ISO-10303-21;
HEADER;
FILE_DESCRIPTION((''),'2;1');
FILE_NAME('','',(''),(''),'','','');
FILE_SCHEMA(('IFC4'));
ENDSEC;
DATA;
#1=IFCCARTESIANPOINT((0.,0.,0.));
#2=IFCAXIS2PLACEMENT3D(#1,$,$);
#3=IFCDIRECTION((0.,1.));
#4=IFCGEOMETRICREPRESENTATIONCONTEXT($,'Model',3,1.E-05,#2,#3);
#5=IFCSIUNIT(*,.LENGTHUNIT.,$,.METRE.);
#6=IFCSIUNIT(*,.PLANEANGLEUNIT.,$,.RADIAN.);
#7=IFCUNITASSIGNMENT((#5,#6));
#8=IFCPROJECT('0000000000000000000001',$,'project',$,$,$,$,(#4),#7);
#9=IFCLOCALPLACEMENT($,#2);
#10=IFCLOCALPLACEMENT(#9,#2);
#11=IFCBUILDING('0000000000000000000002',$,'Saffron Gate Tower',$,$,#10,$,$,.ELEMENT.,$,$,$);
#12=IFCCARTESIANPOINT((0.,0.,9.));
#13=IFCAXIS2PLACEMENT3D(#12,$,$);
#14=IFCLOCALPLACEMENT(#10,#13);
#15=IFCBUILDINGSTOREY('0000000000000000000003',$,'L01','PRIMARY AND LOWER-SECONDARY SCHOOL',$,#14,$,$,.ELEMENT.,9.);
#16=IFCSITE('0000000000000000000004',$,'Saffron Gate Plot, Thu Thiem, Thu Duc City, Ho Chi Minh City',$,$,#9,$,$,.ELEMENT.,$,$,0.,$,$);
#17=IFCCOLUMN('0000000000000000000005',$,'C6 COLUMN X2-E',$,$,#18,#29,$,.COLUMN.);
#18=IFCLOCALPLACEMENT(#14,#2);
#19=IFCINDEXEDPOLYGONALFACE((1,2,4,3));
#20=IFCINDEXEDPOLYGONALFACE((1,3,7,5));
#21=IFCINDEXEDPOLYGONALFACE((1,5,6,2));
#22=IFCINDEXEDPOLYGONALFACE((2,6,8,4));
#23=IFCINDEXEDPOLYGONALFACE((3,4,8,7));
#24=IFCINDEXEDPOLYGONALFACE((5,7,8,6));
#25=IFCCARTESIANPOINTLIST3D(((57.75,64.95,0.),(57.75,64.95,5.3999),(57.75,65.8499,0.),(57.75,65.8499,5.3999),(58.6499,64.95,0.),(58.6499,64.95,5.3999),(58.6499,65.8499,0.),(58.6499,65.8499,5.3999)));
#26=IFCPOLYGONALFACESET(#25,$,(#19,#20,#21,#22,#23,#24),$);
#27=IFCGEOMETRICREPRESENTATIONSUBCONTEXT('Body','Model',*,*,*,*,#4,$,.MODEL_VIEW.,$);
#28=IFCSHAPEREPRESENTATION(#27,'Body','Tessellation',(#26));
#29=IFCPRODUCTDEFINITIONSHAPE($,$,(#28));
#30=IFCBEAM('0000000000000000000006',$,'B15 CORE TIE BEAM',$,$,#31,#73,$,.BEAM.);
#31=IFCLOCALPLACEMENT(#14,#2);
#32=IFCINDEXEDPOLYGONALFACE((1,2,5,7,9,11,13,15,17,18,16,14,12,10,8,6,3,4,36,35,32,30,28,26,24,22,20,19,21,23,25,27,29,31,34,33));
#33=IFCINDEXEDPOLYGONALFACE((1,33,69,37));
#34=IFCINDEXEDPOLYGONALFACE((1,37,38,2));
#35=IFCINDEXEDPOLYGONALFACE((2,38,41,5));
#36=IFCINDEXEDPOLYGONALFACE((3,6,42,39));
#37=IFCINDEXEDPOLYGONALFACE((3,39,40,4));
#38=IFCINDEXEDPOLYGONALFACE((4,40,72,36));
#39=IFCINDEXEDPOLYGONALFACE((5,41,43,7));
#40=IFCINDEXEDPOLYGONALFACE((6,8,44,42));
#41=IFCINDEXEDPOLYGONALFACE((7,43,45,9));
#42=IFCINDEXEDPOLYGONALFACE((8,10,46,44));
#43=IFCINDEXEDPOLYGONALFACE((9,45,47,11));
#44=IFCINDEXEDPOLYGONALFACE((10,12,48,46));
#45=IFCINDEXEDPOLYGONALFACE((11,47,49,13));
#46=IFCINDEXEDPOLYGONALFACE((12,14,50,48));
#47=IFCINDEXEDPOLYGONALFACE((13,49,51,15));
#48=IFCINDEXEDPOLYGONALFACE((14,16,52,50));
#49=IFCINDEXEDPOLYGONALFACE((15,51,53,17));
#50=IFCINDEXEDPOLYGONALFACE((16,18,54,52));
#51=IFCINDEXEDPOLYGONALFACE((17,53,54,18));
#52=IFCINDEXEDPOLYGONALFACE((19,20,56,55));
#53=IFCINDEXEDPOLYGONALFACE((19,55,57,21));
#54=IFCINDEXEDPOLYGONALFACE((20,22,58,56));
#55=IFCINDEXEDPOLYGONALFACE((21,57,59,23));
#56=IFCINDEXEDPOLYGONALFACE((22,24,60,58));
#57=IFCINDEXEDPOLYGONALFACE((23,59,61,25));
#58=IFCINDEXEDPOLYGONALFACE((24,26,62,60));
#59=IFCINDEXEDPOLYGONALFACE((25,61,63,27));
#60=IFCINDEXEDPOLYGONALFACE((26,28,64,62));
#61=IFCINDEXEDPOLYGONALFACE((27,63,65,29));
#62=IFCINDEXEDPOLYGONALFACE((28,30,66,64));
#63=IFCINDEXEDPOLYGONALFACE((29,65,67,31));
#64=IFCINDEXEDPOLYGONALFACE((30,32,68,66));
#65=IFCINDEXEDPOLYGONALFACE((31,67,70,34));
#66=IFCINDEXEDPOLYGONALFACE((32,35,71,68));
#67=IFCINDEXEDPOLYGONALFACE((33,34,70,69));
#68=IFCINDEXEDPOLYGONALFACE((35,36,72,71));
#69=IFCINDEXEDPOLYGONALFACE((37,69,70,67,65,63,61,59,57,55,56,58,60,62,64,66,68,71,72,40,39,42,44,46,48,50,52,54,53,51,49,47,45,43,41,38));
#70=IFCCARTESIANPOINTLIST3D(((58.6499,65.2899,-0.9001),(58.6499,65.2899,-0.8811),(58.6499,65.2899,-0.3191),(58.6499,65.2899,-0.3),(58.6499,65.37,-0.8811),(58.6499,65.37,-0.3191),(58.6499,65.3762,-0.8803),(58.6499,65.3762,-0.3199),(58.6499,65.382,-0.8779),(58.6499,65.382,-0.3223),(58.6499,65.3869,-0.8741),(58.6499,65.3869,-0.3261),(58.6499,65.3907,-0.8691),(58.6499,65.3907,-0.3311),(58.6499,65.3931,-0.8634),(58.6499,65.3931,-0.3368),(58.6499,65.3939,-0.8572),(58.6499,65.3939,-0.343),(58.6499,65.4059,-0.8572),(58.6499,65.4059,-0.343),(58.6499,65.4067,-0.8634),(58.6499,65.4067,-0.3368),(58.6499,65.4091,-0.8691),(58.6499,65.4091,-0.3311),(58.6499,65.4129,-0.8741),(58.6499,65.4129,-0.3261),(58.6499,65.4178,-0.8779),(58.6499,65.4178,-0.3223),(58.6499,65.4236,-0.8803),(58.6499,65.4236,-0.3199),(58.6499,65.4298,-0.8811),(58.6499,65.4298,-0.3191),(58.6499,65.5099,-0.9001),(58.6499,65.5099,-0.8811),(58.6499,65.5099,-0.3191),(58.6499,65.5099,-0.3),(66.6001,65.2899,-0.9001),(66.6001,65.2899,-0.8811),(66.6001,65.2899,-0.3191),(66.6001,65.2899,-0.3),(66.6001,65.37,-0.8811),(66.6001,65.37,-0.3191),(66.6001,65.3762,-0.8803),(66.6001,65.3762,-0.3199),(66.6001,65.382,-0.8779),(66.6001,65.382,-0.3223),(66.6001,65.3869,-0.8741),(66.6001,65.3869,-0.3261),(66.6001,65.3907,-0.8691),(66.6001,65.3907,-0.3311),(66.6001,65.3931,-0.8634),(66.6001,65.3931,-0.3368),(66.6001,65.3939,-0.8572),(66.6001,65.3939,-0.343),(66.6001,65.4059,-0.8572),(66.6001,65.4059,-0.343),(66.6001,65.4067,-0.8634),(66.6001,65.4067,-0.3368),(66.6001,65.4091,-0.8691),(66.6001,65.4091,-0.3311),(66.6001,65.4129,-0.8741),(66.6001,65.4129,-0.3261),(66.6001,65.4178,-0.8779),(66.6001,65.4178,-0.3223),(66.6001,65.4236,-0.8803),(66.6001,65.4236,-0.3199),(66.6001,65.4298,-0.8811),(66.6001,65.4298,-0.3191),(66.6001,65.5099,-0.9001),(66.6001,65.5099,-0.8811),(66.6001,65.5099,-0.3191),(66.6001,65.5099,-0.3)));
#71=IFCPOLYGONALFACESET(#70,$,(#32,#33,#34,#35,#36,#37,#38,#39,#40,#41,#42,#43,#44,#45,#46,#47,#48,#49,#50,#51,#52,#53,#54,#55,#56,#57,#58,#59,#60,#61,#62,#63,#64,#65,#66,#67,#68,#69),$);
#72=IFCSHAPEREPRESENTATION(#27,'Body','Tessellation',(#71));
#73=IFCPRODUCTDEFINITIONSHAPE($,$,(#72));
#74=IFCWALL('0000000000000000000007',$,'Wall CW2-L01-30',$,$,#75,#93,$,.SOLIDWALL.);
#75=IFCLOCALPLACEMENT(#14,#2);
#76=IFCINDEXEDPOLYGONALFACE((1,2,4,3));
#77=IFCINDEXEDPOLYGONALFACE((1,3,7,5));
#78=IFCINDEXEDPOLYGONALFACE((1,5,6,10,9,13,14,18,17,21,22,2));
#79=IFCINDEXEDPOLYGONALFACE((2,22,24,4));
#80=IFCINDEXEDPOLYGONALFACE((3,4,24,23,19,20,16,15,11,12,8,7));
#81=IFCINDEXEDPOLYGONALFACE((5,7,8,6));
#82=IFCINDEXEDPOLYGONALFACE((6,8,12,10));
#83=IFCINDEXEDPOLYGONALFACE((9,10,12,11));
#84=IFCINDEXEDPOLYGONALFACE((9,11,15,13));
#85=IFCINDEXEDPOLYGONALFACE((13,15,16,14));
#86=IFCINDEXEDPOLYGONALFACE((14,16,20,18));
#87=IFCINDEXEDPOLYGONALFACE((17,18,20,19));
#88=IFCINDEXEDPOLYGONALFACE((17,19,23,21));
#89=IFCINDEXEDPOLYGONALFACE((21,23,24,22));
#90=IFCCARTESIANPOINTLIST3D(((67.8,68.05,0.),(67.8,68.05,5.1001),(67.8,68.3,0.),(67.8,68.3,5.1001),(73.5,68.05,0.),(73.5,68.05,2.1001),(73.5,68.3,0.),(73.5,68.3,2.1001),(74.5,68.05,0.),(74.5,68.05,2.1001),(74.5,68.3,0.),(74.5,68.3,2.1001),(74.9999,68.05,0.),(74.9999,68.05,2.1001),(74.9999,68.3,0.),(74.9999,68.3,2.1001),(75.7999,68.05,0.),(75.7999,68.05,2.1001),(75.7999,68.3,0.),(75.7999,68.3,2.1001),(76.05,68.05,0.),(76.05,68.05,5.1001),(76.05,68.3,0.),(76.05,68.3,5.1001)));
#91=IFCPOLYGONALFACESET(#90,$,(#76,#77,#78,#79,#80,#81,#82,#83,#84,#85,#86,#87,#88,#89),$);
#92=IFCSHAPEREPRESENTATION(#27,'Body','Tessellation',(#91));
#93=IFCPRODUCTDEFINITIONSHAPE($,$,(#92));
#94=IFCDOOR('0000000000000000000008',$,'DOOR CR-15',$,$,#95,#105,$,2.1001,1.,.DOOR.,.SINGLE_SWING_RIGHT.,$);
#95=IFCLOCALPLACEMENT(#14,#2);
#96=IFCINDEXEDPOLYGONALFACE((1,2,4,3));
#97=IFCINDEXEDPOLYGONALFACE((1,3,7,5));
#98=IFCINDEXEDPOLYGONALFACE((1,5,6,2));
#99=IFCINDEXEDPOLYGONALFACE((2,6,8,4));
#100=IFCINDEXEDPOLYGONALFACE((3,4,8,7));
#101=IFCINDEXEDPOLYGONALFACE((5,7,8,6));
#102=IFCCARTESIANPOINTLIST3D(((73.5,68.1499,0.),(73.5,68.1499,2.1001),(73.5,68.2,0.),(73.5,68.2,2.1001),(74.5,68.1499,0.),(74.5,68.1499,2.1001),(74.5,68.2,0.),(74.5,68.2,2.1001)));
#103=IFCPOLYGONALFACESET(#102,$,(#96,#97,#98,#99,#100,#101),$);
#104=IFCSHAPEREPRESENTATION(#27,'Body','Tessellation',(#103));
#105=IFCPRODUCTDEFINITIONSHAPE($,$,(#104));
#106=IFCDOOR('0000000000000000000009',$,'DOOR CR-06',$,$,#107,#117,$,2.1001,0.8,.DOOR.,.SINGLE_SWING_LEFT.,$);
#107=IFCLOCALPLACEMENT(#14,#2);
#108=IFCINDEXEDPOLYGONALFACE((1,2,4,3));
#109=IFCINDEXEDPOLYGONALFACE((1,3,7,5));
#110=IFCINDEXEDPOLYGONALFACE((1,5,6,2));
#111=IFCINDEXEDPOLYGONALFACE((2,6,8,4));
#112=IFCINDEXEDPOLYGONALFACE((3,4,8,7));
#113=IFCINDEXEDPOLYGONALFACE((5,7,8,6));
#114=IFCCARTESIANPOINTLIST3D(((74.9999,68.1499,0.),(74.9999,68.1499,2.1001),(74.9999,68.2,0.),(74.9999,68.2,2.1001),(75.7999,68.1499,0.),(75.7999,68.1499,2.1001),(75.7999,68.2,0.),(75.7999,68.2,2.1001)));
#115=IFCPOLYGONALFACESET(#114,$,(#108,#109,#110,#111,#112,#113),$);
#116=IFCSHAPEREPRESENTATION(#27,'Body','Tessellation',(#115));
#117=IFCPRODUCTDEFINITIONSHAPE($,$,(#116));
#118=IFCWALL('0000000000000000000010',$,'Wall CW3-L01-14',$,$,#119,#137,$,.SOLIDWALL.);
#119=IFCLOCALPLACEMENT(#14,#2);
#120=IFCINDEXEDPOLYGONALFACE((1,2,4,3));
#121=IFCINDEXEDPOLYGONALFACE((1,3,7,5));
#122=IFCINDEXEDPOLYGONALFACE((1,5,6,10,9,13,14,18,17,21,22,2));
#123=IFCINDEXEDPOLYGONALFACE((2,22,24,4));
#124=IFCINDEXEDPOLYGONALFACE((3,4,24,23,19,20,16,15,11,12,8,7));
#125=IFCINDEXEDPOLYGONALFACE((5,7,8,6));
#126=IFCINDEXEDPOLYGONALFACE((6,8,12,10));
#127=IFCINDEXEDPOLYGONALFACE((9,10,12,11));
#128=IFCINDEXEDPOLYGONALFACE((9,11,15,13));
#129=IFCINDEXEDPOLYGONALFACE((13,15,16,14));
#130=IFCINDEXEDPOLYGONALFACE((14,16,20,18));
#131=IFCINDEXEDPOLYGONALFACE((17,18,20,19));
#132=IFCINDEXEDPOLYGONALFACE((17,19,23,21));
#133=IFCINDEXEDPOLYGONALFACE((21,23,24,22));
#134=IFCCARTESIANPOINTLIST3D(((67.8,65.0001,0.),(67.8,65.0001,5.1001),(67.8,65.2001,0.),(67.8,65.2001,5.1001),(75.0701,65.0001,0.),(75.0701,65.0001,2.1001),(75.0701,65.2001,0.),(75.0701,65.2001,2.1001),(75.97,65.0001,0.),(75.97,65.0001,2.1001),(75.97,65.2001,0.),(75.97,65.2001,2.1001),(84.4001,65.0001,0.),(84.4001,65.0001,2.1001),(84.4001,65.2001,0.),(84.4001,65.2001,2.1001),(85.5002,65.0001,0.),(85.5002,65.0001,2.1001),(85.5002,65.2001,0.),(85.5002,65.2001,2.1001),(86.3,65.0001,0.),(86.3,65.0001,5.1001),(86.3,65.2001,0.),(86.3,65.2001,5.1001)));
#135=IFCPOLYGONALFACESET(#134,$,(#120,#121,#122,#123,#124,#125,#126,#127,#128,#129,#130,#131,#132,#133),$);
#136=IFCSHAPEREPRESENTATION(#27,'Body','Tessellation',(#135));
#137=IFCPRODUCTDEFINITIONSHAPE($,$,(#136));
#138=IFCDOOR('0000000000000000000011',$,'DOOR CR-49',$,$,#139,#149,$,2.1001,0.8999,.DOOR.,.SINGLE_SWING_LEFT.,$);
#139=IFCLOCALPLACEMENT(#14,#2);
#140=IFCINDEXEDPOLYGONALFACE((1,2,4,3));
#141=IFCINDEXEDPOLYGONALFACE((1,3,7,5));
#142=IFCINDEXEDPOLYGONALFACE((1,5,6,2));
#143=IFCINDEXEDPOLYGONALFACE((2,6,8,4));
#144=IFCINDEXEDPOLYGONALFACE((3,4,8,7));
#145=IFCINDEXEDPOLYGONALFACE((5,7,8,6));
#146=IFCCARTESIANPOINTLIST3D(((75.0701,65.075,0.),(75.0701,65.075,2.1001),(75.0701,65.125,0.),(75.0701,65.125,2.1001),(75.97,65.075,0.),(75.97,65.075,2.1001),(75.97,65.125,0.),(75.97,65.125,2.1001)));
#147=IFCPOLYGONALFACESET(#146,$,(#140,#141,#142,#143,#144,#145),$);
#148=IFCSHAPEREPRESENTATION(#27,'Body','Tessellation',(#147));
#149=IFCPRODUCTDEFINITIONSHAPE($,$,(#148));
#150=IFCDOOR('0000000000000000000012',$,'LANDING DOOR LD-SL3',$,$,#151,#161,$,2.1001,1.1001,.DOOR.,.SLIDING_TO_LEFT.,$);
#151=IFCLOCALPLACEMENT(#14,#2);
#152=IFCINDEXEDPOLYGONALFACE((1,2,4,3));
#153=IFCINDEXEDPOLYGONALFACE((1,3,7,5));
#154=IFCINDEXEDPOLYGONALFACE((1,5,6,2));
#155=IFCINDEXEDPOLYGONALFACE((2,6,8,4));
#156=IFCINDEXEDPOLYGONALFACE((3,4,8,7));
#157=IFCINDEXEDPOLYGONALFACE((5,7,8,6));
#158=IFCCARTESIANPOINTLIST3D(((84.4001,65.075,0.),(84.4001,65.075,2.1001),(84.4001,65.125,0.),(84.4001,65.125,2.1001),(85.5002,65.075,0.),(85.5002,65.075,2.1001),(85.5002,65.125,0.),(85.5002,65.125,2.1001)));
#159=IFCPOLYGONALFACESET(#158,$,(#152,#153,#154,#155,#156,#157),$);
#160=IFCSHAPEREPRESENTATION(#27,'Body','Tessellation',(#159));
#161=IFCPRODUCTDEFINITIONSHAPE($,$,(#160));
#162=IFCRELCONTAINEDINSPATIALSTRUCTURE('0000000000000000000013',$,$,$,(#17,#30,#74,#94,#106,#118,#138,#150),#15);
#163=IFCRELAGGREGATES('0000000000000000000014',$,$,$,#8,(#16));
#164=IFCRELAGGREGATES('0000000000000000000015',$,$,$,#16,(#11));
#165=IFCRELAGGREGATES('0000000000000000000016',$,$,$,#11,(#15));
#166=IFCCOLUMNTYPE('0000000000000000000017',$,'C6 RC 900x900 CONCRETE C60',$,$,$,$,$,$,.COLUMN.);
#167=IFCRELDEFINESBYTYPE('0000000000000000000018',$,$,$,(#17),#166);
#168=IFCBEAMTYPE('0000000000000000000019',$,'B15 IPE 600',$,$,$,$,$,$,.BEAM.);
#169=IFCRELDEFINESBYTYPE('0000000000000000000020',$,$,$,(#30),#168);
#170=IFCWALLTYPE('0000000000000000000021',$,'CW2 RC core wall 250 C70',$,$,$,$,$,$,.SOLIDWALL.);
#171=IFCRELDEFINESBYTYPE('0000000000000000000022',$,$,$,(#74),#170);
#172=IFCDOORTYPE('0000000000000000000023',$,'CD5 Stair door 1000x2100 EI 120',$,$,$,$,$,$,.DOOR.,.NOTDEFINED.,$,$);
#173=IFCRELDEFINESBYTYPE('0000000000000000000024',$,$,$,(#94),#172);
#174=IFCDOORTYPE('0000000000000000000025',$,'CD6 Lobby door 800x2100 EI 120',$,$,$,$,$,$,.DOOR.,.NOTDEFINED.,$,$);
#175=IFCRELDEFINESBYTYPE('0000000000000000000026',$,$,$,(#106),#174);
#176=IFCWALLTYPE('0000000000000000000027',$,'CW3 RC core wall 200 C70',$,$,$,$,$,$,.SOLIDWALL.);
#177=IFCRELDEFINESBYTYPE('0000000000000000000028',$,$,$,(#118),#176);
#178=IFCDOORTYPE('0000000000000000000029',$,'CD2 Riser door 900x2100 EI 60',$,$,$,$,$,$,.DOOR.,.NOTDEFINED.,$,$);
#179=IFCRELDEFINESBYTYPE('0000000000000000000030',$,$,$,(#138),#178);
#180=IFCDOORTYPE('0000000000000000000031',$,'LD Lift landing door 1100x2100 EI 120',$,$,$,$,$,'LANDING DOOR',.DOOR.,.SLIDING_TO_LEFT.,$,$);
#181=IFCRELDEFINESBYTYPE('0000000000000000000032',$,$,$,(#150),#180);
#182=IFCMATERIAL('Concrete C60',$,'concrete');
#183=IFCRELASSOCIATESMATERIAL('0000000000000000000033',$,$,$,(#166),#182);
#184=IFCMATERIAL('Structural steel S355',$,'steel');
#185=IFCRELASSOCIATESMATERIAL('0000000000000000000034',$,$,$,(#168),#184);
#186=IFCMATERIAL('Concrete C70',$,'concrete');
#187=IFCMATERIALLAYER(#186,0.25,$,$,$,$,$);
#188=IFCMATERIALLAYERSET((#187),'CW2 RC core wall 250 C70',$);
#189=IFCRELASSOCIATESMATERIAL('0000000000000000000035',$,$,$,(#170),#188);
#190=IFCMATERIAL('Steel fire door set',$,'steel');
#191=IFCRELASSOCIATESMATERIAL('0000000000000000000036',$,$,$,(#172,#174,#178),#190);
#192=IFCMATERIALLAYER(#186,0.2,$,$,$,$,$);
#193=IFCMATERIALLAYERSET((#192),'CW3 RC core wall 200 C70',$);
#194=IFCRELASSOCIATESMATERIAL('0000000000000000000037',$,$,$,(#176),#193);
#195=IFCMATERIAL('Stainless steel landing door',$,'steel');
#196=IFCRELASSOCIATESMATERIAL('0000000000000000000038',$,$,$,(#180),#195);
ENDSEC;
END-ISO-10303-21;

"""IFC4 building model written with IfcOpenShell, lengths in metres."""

from ifc_helpers import new_model, si_unit, direction, frame, frame_2d, origin, origin_2d, place, context, subcontext, project, spatial, rectangle, i_section, extrude, material, layer, layer_set, material_profile, profile_set, type_object, element, fill, save


model = new_model("IFC4")

# Units and contexts
model_context = context("Model", 3, precision=1e-05, world=origin(), true_north=direction((0.0, 1.0)))
body_context = subcontext(model_context, "Body", "Model", "MODEL_VIEW")
ifc_project = project(units=[si_unit("LENGTHUNIT", "METRE"), si_unit("PLANEANGLEUNIT", "RADIAN")], contexts=[model_context])

# Site, building, storey
site_placement = place(None, origin())
site = spatial("IfcSite", under=ifc_project, at=site_placement, Name="Saffron Gate Plot, Thu Thiem, Thu Duc City, Ho Chi Minh City", CompositionType="ELEMENT", RefElevation=0.0)
building_placement = place(site_placement, origin())
building = spatial("IfcBuilding", under=site, at=building_placement, Name="Saffron Gate Tower", CompositionType="ELEMENT")
storey_placement = place(building_placement, frame((0.0, 0.0, 9.0)))
storey = spatial("IfcBuildingStorey", under=building, at=storey_placement, Name="L01", Description="PRIMARY AND LOWER-SECONDARY SCHOOL", CompositionType="ELEMENT", Elevation=9.0)

# Column
ifc_material_1 = material(Name="Concrete C60", Category="concrete")
ifc_material_profile_1 = material_profile(ifc_material_1, rectangle(XDim=0.8999, YDim=0.8999, at=origin_2d()))
ifc_profile_set_1 = profile_set([ifc_material_profile_1], Name="Concrete C60")
column_type = type_object("IfcColumnType", Name="C6 RC 900x900 CONCRETE C60", PredefinedType="COLUMN", material=ifc_profile_set_1)
column_placement = place(storey_placement, frame((58.2, 65.3999, 0.0), z_axis=(0.0, 0.0, 1.0), x_axis=(1.0, 0.0, 0.0)))
element("IfcColumn", 1, at=column_placement, inside=storey, type_object=column_type, Name="C6 COLUMN X2-E", PredefinedType="COLUMN", context=body_context, shape_type="SweptSolid", body=[
    extrude(rectangle(XDim=0.8999, YDim=0.8999, at=origin_2d()), origin(), (0.0, 0.0, 1.0), 5.3999),
])

# Beam
ifc_material_2 = material(Name="Structural steel S355", Category="steel")
ifc_material_profile_2 = material_profile(ifc_material_2, i_section(OverallWidth=0.22, OverallDepth=0.6001, WebThickness=0.012, FlangeThickness=0.019, FilletRadius=0.0239, at=origin_2d()))
ifc_profile_set_2 = profile_set([ifc_material_profile_2], Name="Structural steel S355")
beam_type = type_object("IfcBeamType", Name="B15 IPE 600", PredefinedType="BEAM", material=ifc_profile_set_2)
beam_placement = place(storey_placement, frame((58.6499, 65.3999, -0.6001), z_axis=(1.0, 0.0, 0.0), x_axis=(0.0, 1.0, 0.0)))
element("IfcBeam", 2, at=beam_placement, inside=storey, type_object=beam_type, Name="B15 CORE TIE BEAM", PredefinedType="BEAM", context=body_context, shape_type="SweptSolid", body=[
    extrude(i_section(OverallWidth=0.22, OverallDepth=0.6001, WebThickness=0.012, FlangeThickness=0.019, FilletRadius=0.0239, at=origin_2d()), origin(), (0.0, 0.0, 1.0), 7.9502),
])

# Walls, openings, doors
ifc_material_3 = material(Name="Concrete C70", Category="concrete")
ifc_layer_1 = layer(ifc_material_3, 0.25)
ifc_layer_set_1 = layer_set([ifc_layer_1], Name="CW2 RC core wall 250 C70")
wall_type_1 = type_object("IfcWallType", Name="CW2 RC core wall 250 C70", PredefinedType="SOLIDWALL", material=ifc_layer_set_1)
wall_1_placement = place(storey_placement, frame((67.8, 68.175, 0.0), z_axis=(0.0, 0.0, 1.0), x_axis=(1.0, 0.0, 0.0)))
wall_1 = element("IfcWall", 3, at=wall_1_placement, inside=storey, type_object=wall_type_1, Name="Wall CW2-L01-30", PredefinedType="SOLIDWALL", context=body_context, shape_type="SweptSolid", body=[
    extrude(rectangle(XDim=8.25, YDim=0.25, at=frame_2d((4.125, 0.0))), origin(), (0.0, 0.0, 1.0), 5.1001),
])
opening_1_placement = place(wall_1_placement, frame((5.7, 0.0, 0.0)))
opening_1 = element("IfcOpeningElement", 4, at=opening_1_placement, cuts=wall_1, PredefinedType="OPENING", context=body_context, shape_type="SweptSolid", body=[
    extrude(rectangle(XDim=1.0, YDim=2.1001, at=frame_2d((0.5, 1.05))), frame((0.0, 0.135, 0.0), z_axis=(0.0, -1.0, 0.0), x_axis=(1.0, 0.0, 0.0)), (0.0, 0.0, 1.0), 0.27),
])
opening_2_placement = place(wall_1_placement, frame((7.2, 0.0, 0.0)))
opening_2 = element("IfcOpeningElement", 5, at=opening_2_placement, cuts=wall_1, PredefinedType="OPENING", context=body_context, shape_type="SweptSolid", body=[
    extrude(rectangle(XDim=0.8, YDim=2.1001, at=frame_2d((0.3999, 1.05))), frame((0.0, 0.135, 0.0), z_axis=(0.0, -1.0, 0.0), x_axis=(1.0, 0.0, 0.0)), (0.0, 0.0, 1.0), 0.27),
])
ifc_material_4 = material(Name="Steel fire door set", Category="steel")
door_type_1 = type_object("IfcDoorType", Name="CD5 Stair door 1000x2100 EI 120", OperationType="NOTDEFINED", PredefinedType="DOOR", material=ifc_material_4)
door_1_placement = place(opening_1_placement, origin())
door_1 = element("IfcDoor", 6, at=door_1_placement, inside=storey, type_object=door_type_1, Name="DOOR CR-15", OperationType="SINGLE_SWING_RIGHT", OverallHeight=2.1001, OverallWidth=1.0, PredefinedType="DOOR", context=body_context, shape_type="SweptSolid", body=[
    extrude(rectangle(XDim=1.0, YDim=2.1001, at=frame_2d((0.5, 1.05))), frame((0.0, 0.0249, 0.0), z_axis=(0.0, -1.0, 0.0), x_axis=(1.0, 0.0, 0.0)), (0.0, 0.0, 1.0), 0.05),
])
fill(opening_1, door_1)
door_type_2 = type_object("IfcDoorType", Name="CD6 Lobby door 800x2100 EI 120", OperationType="NOTDEFINED", PredefinedType="DOOR", material=ifc_material_4)
door_2_placement = place(opening_2_placement, origin())
door_2 = element("IfcDoor", 7, at=door_2_placement, inside=storey, type_object=door_type_2, Name="DOOR CR-06", OperationType="SINGLE_SWING_LEFT", OverallHeight=2.1001, OverallWidth=0.8, PredefinedType="DOOR", context=body_context, shape_type="SweptSolid", body=[
    extrude(rectangle(XDim=0.8, YDim=2.1001, at=frame_2d((0.3999, 1.05))), frame((0.0, 0.0249, 0.0), z_axis=(0.0, -1.0, 0.0), x_axis=(1.0, 0.0, 0.0)), (0.0, 0.0, 1.0), 0.05),
])
fill(opening_2, door_2)
ifc_layer_2 = layer(ifc_material_3, 0.2)
ifc_layer_set_2 = layer_set([ifc_layer_2], Name="CW3 RC core wall 200 C70")
wall_type_2 = type_object("IfcWallType", Name="CW3 RC core wall 200 C70", PredefinedType="SOLIDWALL", material=ifc_layer_set_2)
wall_2_placement = place(storey_placement, frame((67.8, 65.1001, 0.0), z_axis=(0.0, 0.0, 1.0), x_axis=(1.0, 0.0, 0.0)))
wall_2 = element("IfcWall", 8, at=wall_2_placement, inside=storey, type_object=wall_type_2, Name="Wall CW3-L01-14", PredefinedType="SOLIDWALL", context=body_context, shape_type="SweptSolid", body=[
    extrude(rectangle(XDim=18.5, YDim=0.2, at=frame_2d((9.25, 0.0))), origin(), (0.0, 0.0, 1.0), 5.1001),
])
opening_3_placement = place(wall_2_placement, frame((7.27, 0.0, 0.0)))
opening_3 = element("IfcOpeningElement", 9, at=opening_3_placement, cuts=wall_2, PredefinedType="OPENING", context=body_context, shape_type="SweptSolid", body=[
    extrude(rectangle(XDim=0.8999, YDim=2.1001, at=frame_2d((0.45, 1.05))), frame((0.0, 0.1099, 0.0), z_axis=(0.0, -1.0, 0.0), x_axis=(1.0, 0.0, 0.0)), (0.0, 0.0, 1.0), 0.22),
])
opening_4_placement = place(wall_2_placement, frame((16.6001, 0.0, 0.0)))
opening_4 = element("IfcOpeningElement", 10, at=opening_4_placement, cuts=wall_2, PredefinedType="OPENING", context=body_context, shape_type="SweptSolid", body=[
    extrude(rectangle(XDim=1.1001, YDim=2.1001, at=frame_2d((0.55, 1.05))), frame((0.0, 0.1099, 0.0), z_axis=(0.0, -1.0, 0.0), x_axis=(1.0, 0.0, 0.0)), (0.0, 0.0, 1.0), 0.22),
])
door_type_3 = type_object("IfcDoorType", Name="CD2 Riser door 900x2100 EI 60", OperationType="NOTDEFINED", PredefinedType="DOOR", material=ifc_material_4)
door_3_placement = place(opening_3_placement, origin())
door_3 = element("IfcDoor", 11, at=door_3_placement, inside=storey, type_object=door_type_3, Name="DOOR CR-49", OperationType="SINGLE_SWING_LEFT", OverallHeight=2.1001, OverallWidth=0.8999, PredefinedType="DOOR", context=body_context, shape_type="SweptSolid", body=[
    extrude(rectangle(XDim=0.8999, YDim=2.1001, at=frame_2d((0.45, 1.05))), frame((0.0, 0.0249, 0.0), z_axis=(0.0, -1.0, 0.0), x_axis=(1.0, 0.0, 0.0)), (0.0, 0.0, 1.0), 0.05),
])
fill(opening_3, door_3)
ifc_material_5 = material(Name="Stainless steel landing door", Category="steel")
door_type_4 = type_object("IfcDoorType", Name="LD Lift landing door 1100x2100 EI 120", ElementType="LANDING DOOR", OperationType="SLIDING_TO_LEFT", PredefinedType="DOOR", material=ifc_material_5)
door_4_placement = place(opening_4_placement, origin())
door_4 = element("IfcDoor", 12, at=door_4_placement, inside=storey, type_object=door_type_4, Name="LANDING DOOR LD-SL3", OperationType="SLIDING_TO_LEFT", OverallHeight=2.1001, OverallWidth=1.1001, PredefinedType="DOOR", context=body_context, shape_type="SweptSolid", body=[
    extrude(rectangle(XDim=1.1001, YDim=2.1001, at=frame_2d((0.55, 1.05))), frame((0.0, 0.0249, 0.0), z_axis=(0.0, -1.0, 0.0), x_axis=(1.0, 0.0, 0.0)), (0.0, 0.0, 1.0), 0.05),
])
fill(opening_4, door_4)

save(model, "model.ifc")
